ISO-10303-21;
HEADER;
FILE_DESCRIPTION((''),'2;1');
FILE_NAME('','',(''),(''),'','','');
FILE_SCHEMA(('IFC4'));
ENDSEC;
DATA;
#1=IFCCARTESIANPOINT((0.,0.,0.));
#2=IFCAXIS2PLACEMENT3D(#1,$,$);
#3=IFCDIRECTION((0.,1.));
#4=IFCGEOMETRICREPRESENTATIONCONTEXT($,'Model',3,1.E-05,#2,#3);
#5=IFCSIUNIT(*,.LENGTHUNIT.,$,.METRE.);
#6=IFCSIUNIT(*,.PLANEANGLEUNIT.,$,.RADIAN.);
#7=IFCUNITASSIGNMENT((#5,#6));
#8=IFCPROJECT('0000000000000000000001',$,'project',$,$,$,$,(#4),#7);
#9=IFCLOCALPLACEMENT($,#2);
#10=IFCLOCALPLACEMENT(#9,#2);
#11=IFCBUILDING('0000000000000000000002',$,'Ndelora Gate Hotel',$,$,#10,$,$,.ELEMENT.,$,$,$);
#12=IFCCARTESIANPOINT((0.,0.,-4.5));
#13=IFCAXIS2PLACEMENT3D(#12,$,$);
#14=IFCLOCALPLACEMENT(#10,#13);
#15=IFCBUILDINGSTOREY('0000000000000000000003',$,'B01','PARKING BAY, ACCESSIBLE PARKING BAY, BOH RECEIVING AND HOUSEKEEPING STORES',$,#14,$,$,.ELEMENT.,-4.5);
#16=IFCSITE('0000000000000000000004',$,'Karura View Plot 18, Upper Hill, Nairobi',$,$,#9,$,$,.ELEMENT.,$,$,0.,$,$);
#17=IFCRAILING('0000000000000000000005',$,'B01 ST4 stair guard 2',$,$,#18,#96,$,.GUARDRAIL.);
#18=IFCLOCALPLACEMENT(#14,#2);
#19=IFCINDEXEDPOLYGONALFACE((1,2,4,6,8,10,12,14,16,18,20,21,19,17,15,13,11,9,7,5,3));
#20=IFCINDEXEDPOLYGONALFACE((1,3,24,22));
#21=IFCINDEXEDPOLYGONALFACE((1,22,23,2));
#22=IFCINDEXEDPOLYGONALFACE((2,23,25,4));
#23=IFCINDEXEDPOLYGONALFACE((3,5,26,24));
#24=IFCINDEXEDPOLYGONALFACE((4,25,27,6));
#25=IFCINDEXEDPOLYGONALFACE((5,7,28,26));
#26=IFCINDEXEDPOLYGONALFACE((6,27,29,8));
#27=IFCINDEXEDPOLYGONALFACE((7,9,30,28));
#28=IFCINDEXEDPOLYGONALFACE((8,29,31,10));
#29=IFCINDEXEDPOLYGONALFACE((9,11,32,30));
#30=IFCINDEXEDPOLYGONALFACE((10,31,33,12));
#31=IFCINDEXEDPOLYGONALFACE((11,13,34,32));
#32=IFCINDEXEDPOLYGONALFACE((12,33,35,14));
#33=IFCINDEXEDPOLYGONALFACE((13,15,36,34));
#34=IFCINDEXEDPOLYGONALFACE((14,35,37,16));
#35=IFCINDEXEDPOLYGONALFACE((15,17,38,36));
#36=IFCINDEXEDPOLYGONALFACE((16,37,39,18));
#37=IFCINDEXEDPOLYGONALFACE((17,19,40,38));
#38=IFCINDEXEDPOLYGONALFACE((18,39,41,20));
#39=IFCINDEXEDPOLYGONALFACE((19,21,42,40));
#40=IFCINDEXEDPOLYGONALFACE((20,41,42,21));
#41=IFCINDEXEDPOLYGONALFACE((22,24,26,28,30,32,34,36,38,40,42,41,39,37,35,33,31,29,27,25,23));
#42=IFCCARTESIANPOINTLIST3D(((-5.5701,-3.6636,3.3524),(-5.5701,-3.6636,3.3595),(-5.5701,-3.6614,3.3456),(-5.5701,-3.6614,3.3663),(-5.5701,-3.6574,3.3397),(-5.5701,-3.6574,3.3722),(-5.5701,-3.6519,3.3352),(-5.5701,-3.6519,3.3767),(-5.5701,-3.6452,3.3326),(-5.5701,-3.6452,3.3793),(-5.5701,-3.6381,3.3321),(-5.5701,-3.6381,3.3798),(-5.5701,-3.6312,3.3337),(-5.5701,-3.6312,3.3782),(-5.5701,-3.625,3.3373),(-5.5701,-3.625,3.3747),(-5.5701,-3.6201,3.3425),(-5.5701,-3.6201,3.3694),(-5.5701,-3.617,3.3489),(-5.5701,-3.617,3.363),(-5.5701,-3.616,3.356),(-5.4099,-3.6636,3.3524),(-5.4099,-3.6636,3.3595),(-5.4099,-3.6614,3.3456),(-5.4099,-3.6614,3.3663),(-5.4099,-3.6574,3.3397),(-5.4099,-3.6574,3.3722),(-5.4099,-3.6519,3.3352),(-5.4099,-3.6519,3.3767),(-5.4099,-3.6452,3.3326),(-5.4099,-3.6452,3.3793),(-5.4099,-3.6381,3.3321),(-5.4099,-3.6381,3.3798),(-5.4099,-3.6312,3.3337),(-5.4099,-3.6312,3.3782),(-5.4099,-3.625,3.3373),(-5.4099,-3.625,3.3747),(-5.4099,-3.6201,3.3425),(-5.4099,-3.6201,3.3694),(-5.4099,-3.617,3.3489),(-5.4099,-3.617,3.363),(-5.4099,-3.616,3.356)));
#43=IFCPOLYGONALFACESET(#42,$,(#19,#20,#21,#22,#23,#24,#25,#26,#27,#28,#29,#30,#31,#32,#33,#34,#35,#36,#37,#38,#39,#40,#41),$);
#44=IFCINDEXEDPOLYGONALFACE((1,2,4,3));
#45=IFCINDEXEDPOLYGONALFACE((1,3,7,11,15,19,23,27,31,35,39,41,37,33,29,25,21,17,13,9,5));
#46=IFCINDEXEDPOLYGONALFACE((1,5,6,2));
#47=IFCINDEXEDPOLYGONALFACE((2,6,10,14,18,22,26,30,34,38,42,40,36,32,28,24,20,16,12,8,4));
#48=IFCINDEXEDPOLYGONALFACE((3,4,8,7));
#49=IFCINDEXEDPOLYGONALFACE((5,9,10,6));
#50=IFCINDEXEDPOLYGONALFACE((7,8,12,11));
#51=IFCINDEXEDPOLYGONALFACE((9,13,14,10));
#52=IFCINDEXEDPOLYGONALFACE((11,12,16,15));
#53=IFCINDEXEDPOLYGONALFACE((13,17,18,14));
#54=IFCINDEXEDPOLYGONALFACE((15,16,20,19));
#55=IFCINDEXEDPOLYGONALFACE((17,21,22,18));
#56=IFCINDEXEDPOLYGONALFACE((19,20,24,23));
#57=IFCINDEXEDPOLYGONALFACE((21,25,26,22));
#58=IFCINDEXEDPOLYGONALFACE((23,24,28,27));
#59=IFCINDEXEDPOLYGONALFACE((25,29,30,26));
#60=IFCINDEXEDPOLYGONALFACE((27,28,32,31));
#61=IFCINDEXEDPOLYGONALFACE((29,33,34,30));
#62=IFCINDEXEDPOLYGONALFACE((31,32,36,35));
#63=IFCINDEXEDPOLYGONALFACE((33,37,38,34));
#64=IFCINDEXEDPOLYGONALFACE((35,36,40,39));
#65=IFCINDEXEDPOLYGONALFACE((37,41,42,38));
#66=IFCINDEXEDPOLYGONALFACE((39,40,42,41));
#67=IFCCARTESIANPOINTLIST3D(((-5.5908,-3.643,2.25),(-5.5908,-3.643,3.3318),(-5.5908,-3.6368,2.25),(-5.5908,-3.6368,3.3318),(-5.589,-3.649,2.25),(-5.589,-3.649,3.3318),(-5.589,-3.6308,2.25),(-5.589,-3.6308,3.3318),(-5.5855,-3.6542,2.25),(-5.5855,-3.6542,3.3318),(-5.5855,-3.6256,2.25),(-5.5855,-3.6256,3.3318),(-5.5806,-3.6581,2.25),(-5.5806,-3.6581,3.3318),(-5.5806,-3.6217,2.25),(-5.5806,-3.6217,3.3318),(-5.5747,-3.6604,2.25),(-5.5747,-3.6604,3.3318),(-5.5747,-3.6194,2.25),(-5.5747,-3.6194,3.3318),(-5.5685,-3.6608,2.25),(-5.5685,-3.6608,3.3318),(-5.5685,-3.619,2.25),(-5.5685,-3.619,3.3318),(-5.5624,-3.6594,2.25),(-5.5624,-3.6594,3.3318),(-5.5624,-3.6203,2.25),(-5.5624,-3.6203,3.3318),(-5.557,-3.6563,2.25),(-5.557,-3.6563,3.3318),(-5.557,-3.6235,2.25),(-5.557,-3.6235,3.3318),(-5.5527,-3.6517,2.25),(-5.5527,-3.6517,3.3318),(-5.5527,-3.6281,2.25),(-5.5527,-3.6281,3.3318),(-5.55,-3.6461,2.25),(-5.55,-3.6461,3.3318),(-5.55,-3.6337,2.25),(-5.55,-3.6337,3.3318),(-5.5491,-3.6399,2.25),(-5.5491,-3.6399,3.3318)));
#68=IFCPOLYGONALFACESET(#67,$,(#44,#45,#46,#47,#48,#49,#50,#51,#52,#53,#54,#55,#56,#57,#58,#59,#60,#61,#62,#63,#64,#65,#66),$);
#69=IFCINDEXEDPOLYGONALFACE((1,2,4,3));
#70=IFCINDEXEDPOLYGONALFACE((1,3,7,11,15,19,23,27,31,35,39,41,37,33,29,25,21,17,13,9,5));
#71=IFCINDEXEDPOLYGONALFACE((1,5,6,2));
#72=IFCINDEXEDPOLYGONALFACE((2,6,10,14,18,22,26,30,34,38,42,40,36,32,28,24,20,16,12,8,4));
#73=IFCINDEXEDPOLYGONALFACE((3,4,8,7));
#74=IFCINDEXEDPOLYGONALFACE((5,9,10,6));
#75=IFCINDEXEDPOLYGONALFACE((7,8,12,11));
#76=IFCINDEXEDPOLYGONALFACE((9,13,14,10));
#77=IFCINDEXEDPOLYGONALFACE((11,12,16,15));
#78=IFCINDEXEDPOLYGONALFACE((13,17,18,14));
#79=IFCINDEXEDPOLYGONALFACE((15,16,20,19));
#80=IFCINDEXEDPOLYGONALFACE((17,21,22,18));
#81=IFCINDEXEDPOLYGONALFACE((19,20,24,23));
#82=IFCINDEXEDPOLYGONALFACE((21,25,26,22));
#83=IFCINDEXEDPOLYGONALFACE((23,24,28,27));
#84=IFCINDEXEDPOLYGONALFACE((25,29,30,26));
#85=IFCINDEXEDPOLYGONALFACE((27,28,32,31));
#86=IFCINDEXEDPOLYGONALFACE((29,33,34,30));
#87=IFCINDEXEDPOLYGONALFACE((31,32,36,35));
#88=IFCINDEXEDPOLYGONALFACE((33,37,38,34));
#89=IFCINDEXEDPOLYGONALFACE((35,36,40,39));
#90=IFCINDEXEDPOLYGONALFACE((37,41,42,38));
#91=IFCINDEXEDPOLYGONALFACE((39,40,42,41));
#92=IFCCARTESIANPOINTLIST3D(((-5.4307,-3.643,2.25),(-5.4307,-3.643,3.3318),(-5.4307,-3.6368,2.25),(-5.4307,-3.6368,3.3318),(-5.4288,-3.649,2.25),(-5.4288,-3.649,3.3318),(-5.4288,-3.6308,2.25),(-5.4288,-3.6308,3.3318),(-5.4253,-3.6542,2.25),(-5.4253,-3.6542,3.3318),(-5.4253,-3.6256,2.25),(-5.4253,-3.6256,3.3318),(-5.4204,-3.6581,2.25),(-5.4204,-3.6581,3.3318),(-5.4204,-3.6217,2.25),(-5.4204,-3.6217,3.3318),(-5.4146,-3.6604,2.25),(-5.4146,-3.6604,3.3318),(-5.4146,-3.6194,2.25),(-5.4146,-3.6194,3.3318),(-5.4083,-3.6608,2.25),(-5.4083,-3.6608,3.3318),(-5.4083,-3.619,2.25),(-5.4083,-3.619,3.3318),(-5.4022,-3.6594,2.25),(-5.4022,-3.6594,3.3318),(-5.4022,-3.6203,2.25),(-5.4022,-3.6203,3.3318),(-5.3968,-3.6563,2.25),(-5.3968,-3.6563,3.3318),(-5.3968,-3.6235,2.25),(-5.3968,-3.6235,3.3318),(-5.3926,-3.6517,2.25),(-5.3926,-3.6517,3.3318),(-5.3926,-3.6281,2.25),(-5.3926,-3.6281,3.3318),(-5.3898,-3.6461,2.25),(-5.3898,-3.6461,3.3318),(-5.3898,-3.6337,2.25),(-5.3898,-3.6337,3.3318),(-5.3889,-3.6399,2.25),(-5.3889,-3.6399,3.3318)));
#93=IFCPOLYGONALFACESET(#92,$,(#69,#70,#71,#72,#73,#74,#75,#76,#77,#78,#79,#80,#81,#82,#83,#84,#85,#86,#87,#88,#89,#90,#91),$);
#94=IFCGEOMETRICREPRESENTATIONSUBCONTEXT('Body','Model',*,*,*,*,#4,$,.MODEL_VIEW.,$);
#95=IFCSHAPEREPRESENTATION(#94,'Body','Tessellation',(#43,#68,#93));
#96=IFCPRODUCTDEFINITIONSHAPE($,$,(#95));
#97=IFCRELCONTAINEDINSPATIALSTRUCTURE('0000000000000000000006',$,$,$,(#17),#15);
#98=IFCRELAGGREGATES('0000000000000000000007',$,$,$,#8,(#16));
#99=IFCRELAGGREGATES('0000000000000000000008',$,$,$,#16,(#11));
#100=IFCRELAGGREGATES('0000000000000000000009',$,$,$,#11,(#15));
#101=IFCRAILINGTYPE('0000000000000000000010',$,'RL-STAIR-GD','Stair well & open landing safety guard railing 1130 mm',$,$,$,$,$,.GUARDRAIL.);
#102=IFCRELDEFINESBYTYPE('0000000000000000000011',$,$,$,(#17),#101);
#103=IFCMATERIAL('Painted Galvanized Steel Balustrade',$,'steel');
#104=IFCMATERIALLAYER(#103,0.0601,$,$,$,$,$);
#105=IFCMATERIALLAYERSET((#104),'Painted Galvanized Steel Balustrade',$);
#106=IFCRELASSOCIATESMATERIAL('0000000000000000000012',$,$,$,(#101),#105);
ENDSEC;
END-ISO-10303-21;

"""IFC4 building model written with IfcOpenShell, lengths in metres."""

from ifc_helpers import new_model, si_unit, direction, frame, origin, origin_2d, place, context, subcontext, project, spatial, circle, extrude, material, layer, layer_set, type_object, element, save


model = new_model("IFC4")

# Units and contexts
model_context = context("Model", 3, precision=1e-05, world=origin(), true_north=direction((0.0, 1.0)))
body_context = subcontext(model_context, "Body", "Model", "MODEL_VIEW")
ifc_project = project(units=[si_unit("LENGTHUNIT", "METRE"), si_unit("PLANEANGLEUNIT", "RADIAN")], contexts=[model_context])

# Site, building, storey
site_placement = place(None, origin())
site = spatial("IfcSite", under=ifc_project, at=site_placement, Name="Karura View Plot 18, Upper Hill, Nairobi", CompositionType="ELEMENT", RefElevation=0.0)
building_placement = place(site_placement, origin())
building = spatial("IfcBuilding", under=site, at=building_placement, Name="Ndelora Gate Hotel", CompositionType="ELEMENT")
storey_placement = place(building_placement, frame((0.0, 0.0, -4.5)))
storey = spatial("IfcBuildingStorey", under=building, at=storey_placement, Name="B01", Description="PARKING BAY, ACCESSIBLE PARKING BAY, BOH RECEIVING AND HOUSEKEEPING STORES", CompositionType="ELEMENT", Elevation=-4.5)

# Railing
ifc_material_1 = material(Name="Painted Galvanized Steel Balustrade", Category="steel")
ifc_layer_1 = layer(ifc_material_1, 0.0601)
ifc_layer_set_1 = layer_set([ifc_layer_1], Name="Painted Galvanized Steel Balustrade")
railing_type_1 = type_object("IfcRailingType", Name="RL-STAIR-GD", Description="Stair well & open landing safety guard railing 1130 mm", PredefinedType="GUARDRAIL", material=ifc_layer_set_1)
railing_1_placement = place(storey_placement, frame((-5.5701, -3.6399, 2.25)))
element("IfcRailing", 1, at=railing_1_placement, inside=storey, type_object=railing_type_1, Name="B01 ST4 stair guard 2", PredefinedType="GUARDRAIL", context=body_context, shape_type="SweptSolid", body=[
    extrude(circle(Radius=0.0239, at=origin_2d()), frame((0.0, 0.0, 1.106), z_axis=(1.0, 0.0, 0.0), x_axis=(0.0, 1.0, 0.0)), (0.0, 0.0, 1.0), 0.1602),
    extrude(circle(Radius=0.021, at=origin_2d()), origin(), (0.0, 0.0, 1.0), 1.0818),
    extrude(circle(Radius=0.021, at=origin_2d()), frame((0.1602, 0.0, 0.0)), (0.0, 0.0, 1.0), 1.0818),
])

save(model, "model.ifc")
